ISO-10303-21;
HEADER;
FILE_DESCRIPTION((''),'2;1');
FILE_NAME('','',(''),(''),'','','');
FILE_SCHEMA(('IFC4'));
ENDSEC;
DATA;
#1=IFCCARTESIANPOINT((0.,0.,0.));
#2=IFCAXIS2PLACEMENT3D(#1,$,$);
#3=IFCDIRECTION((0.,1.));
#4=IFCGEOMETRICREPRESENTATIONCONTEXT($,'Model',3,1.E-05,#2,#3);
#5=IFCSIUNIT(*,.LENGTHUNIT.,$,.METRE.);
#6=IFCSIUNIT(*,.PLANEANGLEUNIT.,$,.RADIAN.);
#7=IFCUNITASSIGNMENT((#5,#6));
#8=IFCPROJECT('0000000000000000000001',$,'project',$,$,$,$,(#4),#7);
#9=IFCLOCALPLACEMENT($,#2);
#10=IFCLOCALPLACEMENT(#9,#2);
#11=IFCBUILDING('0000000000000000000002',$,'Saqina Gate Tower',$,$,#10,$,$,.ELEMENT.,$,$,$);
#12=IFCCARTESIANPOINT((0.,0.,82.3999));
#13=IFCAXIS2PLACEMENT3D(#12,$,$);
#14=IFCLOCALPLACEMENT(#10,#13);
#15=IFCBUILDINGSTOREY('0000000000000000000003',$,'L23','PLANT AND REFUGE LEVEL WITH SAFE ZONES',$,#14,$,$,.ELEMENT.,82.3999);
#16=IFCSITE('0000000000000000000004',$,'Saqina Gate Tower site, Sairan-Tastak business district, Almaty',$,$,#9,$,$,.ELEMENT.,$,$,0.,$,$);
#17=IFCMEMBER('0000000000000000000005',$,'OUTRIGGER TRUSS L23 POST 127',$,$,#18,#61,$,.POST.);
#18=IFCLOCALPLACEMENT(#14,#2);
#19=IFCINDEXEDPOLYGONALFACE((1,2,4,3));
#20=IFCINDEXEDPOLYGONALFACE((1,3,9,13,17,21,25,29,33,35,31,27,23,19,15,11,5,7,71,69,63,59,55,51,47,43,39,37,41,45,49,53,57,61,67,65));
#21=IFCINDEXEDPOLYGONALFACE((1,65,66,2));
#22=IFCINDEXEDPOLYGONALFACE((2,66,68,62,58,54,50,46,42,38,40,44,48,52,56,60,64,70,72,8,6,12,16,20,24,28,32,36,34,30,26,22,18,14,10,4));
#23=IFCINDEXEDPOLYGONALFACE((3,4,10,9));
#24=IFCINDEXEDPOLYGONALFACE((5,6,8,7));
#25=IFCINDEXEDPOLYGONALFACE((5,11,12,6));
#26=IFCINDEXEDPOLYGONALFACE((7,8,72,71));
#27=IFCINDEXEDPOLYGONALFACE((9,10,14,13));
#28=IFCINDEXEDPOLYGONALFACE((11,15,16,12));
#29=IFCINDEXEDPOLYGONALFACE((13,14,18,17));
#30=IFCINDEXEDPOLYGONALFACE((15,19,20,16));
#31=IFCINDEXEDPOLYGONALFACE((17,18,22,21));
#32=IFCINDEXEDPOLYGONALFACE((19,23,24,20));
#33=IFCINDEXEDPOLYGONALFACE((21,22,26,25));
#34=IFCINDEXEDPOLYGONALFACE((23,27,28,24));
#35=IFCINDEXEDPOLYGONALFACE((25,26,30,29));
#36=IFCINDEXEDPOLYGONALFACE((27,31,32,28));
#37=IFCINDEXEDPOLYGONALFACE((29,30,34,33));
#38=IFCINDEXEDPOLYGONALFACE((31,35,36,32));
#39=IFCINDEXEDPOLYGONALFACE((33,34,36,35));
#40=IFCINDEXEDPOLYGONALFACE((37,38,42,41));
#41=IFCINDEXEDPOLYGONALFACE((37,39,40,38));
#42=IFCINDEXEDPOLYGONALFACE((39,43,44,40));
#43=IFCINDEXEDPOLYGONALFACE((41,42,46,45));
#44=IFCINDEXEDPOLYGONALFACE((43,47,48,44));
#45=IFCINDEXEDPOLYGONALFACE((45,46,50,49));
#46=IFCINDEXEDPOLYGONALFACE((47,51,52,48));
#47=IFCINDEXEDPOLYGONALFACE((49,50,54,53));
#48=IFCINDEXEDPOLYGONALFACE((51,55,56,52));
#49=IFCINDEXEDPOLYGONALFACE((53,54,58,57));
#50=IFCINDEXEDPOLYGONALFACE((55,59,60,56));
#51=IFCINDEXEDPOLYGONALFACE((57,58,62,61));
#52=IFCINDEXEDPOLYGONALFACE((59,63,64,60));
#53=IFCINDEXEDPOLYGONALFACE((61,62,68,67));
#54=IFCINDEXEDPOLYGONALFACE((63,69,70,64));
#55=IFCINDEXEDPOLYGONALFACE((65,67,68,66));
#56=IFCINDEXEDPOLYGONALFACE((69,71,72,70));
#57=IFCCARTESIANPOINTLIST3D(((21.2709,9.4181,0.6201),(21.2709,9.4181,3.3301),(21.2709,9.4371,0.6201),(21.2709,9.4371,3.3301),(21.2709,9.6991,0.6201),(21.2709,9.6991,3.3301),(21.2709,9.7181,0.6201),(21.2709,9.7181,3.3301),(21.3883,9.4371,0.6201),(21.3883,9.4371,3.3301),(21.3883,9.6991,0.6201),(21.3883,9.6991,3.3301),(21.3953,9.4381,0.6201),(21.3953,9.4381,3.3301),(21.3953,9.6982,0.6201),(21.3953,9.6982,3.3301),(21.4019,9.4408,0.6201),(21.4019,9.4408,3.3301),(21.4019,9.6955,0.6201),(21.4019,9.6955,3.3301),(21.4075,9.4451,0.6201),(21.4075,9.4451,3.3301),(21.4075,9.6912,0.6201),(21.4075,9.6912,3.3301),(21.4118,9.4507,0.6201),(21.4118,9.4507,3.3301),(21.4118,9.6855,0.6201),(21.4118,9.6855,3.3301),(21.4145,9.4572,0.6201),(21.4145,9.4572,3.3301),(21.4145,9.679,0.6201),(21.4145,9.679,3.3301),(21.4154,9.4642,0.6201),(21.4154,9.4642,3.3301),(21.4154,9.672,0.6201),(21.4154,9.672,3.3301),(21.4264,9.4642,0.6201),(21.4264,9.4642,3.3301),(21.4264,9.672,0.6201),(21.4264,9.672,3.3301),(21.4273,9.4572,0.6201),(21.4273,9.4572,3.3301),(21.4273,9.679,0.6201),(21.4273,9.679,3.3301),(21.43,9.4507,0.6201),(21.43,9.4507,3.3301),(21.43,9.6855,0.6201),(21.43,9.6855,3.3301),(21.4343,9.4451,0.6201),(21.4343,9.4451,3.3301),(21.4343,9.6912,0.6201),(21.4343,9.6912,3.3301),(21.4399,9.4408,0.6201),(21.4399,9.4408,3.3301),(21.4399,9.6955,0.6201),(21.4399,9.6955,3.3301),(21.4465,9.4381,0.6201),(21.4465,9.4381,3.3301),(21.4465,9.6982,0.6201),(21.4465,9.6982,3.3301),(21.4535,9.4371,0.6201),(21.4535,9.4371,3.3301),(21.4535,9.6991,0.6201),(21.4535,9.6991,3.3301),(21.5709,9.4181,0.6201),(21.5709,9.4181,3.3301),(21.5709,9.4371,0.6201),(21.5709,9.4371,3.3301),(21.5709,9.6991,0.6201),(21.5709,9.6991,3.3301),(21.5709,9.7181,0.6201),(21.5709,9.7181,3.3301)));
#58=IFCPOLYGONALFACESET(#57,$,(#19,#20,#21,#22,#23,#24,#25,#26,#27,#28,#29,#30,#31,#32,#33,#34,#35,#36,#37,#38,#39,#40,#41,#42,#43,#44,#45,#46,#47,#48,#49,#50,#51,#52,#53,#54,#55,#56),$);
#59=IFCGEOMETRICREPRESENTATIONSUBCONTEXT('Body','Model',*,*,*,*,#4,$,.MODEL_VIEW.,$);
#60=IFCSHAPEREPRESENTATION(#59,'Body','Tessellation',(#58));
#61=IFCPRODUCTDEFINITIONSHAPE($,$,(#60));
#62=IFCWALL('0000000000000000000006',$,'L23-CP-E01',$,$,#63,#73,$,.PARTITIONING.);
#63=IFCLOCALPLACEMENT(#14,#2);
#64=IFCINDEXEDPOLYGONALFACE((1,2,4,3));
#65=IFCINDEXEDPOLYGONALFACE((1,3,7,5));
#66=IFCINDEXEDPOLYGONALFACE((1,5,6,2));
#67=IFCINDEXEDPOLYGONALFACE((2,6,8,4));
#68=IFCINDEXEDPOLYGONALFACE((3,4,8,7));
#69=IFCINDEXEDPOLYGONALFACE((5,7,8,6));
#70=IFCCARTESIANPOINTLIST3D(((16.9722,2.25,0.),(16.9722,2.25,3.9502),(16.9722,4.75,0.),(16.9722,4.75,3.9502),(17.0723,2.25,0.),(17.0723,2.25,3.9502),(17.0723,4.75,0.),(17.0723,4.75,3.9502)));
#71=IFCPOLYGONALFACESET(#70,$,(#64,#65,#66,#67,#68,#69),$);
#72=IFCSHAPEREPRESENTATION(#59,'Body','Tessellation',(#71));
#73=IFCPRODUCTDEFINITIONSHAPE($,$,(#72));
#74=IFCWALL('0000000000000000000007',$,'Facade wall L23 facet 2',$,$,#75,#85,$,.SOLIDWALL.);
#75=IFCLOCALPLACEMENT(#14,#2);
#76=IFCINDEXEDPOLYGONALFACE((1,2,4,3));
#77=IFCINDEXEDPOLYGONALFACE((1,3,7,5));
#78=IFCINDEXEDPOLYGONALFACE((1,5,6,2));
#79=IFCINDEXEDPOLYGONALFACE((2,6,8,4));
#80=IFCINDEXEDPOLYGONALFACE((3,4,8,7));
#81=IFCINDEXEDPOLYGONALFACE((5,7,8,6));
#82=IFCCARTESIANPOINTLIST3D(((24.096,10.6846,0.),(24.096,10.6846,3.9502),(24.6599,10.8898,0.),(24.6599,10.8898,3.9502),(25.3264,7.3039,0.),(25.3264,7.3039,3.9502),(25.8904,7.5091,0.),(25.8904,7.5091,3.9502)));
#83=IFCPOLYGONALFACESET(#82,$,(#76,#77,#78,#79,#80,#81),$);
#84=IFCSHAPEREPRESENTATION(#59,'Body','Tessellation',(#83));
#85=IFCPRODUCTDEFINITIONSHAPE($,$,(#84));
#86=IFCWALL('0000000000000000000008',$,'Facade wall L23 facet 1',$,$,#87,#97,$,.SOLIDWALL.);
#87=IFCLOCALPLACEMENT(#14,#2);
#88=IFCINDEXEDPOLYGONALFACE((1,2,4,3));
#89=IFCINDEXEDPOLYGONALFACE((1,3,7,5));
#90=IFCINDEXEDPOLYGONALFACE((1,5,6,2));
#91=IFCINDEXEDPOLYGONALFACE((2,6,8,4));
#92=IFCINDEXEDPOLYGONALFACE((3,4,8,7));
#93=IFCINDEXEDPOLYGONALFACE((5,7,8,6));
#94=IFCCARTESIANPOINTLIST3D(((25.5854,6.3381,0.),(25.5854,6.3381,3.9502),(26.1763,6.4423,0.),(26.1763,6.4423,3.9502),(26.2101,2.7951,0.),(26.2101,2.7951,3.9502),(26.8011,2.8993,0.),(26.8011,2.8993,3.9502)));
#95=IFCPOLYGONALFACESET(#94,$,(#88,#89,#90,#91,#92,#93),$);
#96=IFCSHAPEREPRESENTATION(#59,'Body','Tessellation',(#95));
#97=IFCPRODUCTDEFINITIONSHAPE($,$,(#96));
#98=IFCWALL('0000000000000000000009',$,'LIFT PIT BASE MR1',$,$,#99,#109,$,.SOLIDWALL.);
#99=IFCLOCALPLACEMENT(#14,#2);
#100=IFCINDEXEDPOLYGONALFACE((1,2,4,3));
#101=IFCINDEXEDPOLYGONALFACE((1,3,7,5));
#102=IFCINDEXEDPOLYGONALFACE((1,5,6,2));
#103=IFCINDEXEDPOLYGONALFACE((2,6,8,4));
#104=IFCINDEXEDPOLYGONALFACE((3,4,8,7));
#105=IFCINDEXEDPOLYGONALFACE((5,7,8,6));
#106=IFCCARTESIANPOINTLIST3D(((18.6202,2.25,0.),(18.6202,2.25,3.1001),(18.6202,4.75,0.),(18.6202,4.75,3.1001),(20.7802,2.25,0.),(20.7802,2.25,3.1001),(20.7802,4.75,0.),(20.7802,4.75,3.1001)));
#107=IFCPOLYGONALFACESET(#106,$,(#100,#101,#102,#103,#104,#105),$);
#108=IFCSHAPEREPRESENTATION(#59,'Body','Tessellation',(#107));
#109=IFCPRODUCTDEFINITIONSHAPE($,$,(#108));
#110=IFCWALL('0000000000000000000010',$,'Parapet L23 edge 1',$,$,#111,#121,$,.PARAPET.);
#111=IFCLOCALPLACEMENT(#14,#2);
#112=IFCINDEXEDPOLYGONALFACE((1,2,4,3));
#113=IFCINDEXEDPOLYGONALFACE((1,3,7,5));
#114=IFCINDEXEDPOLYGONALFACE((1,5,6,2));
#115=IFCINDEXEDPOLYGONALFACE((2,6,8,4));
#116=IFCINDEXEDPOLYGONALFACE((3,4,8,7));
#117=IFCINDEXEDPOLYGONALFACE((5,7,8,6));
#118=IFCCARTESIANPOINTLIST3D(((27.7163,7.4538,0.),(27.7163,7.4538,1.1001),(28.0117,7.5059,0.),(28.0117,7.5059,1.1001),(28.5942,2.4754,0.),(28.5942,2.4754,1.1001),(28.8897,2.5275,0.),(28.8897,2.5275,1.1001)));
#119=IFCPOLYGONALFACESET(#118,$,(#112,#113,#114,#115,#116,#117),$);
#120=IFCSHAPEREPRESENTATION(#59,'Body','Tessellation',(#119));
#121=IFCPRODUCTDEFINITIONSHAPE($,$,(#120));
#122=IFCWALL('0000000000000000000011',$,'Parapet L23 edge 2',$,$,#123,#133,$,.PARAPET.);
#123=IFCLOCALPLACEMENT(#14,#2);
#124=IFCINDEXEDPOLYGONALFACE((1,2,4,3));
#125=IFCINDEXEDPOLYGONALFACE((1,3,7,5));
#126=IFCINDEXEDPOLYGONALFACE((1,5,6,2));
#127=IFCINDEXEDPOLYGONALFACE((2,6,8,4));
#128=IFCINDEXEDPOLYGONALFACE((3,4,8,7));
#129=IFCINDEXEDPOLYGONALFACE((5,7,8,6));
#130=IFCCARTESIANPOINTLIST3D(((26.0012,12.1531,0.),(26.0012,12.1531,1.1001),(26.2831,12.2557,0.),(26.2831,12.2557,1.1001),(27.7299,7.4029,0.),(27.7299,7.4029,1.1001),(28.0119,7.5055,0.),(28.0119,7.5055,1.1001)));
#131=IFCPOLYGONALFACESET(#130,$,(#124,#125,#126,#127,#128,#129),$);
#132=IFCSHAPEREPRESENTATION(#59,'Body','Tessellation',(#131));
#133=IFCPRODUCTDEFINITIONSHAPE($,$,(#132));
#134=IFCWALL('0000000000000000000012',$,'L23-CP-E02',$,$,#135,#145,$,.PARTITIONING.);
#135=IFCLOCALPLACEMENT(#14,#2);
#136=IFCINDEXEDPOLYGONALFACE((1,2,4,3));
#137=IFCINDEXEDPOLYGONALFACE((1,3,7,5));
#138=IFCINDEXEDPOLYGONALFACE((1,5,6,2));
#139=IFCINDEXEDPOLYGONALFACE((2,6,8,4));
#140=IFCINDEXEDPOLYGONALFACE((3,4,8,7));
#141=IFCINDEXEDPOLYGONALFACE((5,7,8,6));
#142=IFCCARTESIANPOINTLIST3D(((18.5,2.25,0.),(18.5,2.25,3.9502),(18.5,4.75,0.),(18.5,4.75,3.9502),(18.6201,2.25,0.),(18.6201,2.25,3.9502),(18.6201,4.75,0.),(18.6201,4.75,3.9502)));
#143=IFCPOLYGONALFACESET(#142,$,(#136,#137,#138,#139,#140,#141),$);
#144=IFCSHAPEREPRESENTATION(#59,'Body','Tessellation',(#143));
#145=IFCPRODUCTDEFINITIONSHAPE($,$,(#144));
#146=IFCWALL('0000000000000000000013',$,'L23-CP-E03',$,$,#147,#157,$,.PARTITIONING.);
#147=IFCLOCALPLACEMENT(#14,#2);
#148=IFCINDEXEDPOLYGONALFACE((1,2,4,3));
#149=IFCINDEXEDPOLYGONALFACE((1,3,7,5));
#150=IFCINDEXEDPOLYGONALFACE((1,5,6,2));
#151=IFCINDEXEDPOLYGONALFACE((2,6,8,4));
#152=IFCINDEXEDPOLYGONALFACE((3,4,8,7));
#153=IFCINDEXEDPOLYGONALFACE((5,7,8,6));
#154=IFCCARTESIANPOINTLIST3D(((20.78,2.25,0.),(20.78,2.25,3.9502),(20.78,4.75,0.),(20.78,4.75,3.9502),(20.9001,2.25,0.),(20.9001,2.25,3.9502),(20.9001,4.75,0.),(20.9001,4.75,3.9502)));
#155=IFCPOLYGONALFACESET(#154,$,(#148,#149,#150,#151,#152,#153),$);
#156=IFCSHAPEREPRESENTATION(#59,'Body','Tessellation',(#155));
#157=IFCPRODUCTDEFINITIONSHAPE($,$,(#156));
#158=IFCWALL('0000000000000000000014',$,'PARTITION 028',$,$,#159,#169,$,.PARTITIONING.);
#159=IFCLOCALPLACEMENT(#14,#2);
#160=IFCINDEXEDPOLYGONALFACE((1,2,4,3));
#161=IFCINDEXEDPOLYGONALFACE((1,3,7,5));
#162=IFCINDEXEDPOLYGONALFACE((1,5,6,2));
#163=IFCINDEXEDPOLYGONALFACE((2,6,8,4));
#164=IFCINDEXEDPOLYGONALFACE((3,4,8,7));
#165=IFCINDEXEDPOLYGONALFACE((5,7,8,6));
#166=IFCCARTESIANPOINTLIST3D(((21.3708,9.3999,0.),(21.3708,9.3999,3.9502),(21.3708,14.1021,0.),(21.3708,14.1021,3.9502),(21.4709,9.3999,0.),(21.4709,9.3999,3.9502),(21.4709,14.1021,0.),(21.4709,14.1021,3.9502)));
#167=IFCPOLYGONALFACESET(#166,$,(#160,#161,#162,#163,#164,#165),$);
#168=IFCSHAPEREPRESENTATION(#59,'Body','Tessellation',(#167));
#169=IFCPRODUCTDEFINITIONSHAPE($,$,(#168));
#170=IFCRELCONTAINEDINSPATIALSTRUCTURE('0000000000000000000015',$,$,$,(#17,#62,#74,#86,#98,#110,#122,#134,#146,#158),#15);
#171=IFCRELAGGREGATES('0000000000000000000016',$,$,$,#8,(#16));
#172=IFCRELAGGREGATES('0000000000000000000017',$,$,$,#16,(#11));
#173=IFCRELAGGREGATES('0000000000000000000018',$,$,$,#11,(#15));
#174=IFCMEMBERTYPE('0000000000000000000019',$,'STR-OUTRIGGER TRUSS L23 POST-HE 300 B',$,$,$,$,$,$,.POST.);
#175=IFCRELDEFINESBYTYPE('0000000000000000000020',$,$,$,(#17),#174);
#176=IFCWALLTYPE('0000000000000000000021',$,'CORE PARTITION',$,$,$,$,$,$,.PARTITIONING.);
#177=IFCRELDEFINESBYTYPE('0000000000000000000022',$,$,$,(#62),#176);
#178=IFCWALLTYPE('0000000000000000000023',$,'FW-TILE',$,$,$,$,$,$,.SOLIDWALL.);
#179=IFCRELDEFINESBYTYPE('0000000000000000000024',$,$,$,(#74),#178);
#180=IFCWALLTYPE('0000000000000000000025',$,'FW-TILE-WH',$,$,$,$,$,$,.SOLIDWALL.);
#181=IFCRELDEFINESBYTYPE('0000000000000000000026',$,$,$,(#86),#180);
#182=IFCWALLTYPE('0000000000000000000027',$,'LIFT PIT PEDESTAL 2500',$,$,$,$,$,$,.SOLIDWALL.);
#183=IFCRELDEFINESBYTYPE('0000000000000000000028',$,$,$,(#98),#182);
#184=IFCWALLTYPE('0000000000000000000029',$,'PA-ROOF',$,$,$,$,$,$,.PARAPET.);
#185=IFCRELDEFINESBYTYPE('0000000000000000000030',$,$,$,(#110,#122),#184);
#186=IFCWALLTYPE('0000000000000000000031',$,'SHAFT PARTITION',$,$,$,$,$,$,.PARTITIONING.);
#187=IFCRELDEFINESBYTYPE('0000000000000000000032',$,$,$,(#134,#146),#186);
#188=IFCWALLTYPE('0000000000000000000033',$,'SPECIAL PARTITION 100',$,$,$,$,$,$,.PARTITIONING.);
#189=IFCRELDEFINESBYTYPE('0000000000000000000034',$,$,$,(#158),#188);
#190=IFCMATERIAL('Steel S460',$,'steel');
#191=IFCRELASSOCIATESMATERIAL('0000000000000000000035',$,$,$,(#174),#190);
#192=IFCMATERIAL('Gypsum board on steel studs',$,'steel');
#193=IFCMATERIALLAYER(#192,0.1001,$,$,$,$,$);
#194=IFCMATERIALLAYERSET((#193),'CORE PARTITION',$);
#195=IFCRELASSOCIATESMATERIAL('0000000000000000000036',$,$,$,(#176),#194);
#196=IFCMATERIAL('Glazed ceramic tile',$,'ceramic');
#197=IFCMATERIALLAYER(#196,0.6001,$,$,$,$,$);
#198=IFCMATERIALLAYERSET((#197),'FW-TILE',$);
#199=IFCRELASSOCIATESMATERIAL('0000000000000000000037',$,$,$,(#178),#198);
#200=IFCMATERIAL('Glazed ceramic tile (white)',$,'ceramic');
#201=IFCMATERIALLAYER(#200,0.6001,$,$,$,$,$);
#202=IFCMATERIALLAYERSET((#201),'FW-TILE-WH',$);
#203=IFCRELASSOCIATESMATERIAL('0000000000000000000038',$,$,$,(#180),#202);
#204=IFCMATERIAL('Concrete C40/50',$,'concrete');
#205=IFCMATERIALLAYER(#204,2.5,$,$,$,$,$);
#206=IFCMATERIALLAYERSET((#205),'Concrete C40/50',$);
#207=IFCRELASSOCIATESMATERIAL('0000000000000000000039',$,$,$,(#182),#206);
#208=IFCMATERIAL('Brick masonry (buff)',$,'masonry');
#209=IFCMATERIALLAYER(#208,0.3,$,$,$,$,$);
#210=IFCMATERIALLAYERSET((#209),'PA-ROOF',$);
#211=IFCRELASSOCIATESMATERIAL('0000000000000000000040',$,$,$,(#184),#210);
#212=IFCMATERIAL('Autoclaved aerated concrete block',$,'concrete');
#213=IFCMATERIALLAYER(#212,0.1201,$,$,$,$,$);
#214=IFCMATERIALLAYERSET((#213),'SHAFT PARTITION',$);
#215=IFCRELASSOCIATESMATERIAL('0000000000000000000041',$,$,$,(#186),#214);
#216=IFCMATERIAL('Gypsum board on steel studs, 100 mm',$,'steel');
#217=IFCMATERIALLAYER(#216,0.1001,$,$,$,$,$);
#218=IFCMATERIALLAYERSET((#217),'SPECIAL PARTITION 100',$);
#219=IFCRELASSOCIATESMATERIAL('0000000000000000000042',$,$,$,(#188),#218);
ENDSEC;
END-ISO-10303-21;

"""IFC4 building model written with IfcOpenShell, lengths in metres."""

from ifc_helpers import new_model, si_unit, direction, frame, frame_2d, origin, origin_2d, place, context, subcontext, project, spatial, rectangle, i_section, extrude, material, layer, layer_set, material_profile, profile_set, type_object, element, save


model = new_model("IFC4")

# Units and contexts
model_context = context("Model", 3, precision=1e-05, world=origin(), true_north=direction((0.0, 1.0)))
body_context = subcontext(model_context, "Body", "Model", "MODEL_VIEW")
ifc_project = project(units=[si_unit("LENGTHUNIT", "METRE"), si_unit("PLANEANGLEUNIT", "RADIAN")], contexts=[model_context])

# Site, building, storey
site_placement = place(None, origin())
site = spatial("IfcSite", under=ifc_project, at=site_placement, Name="Saqina Gate Tower site, Sairan-Tastak business district, Almaty", CompositionType="ELEMENT", RefElevation=0.0)
building_placement = place(site_placement, origin())
building = spatial("IfcBuilding", under=site, at=building_placement, Name="Saqina Gate Tower", CompositionType="ELEMENT")
storey_placement = place(building_placement, frame((0.0, 0.0, 82.3999)))
storey = spatial("IfcBuildingStorey", under=building, at=storey_placement, Name="L23", Description="PLANT AND REFUGE LEVEL WITH SAFE ZONES", CompositionType="ELEMENT", Elevation=82.3999)

# Member
ifc_material_1 = material(Name="Steel S460", Category="steel")
ifc_material_profile_1 = material_profile(ifc_material_1, i_section(OverallWidth=0.3, OverallDepth=0.3, WebThickness=0.011, FlangeThickness=0.019, FilletRadius=0.0271, at=origin_2d()), Name="HE 300 B")
ifc_profile_set_1 = profile_set([ifc_material_profile_1], Name="Steel S460")
member_type_1 = type_object("IfcMemberType", Name="STR-OUTRIGGER TRUSS L23 POST-HE 300 B", PredefinedType="POST", material=ifc_profile_set_1)
member_1_placement = place(storey_placement, frame((21.4209, 9.5681, 0.6201), z_axis=(0.0, 0.0, 1.0), x_axis=(1.0, 0.0, 0.0)))
element("IfcMember", 1, at=member_1_placement, inside=storey, type_object=member_type_1, Name="OUTRIGGER TRUSS L23 POST 127", PredefinedType="POST", context=body_context, shape_type="SweptSolid", body=[
    extrude(i_section(OverallWidth=0.3, OverallDepth=0.3, WebThickness=0.011, FlangeThickness=0.019, FilletRadius=0.0271, at=origin_2d()), origin(), (0.0, 0.0, 1.0), 2.71),
])

# Walls
ifc_material_2 = material(Name="Gypsum board on steel studs", Category="steel")
ifc_layer_1 = layer(ifc_material_2, 0.1001)
ifc_layer_set_1 = layer_set([ifc_layer_1], Name="CORE PARTITION")
wall_type_1 = type_object("IfcWallType", Name="CORE PARTITION", PredefinedType="PARTITIONING", material=ifc_layer_set_1)
wall_1_placement = place(storey_placement, frame((17.0222, 2.25, 0.0), z_axis=(0.0, 0.0, 1.0), x_axis=(0.0, 1.0, 0.0)))
element("IfcWall", 2, at=wall_1_placement, inside=storey, type_object=wall_type_1, Name="L23-CP-E01", PredefinedType="PARTITIONING", context=body_context, shape_type="SweptSolid", body=[
    extrude(rectangle(XDim=2.5, YDim=0.1001, at=frame_2d((1.25, 0.0))), origin(), (0.0, 0.0, 1.0), 3.9502),
])
ifc_material_3 = material(Name="Glazed ceramic tile", Category="ceramic")
ifc_layer_2 = layer(ifc_material_3, 0.6001)
ifc_layer_set_2 = layer_set([ifc_layer_2], Name="FW-TILE")
wall_type_2 = type_object("IfcWallType", Name="FW-TILE", PredefinedType="SOLIDWALL", material=ifc_layer_set_2)
wall_2_placement = place(storey_placement, frame((25.6084, 7.4065, 0.0), z_axis=(0.0, 0.0, 1.0), x_axis=(-0.342026, 0.93969, 0.0)))
element("IfcWall", 3, at=wall_2_placement, inside=storey, type_object=wall_type_2, Name="Facade wall L23 facet 2", PredefinedType="SOLIDWALL", context=body_context, shape_type="SweptSolid", body=[
    extrude(rectangle(XDim=3.5977, YDim=0.6001, at=frame_2d((1.7988, 0.0))), origin(), (0.0, 0.0, 1.0), 3.9502),
])
ifc_material_4 = material(Name="Glazed ceramic tile (white)", Category="ceramic")
ifc_layer_3 = layer(ifc_material_4, 0.6001)
ifc_layer_set_3 = layer_set([ifc_layer_3], Name="FW-TILE-WH")
wall_type_3 = type_object("IfcWallType", Name="FW-TILE-WH", PredefinedType="SOLIDWALL", material=ifc_layer_set_3)
wall_3_placement = place(storey_placement, frame((26.5056, 2.8472, 0.0), z_axis=(0.0, 0.0, 1.0), x_axis=(-0.173658, 0.984806, 0.0)))
element("IfcWall", 4, at=wall_3_placement, inside=storey, type_object=wall_type_3, Name="Facade wall L23 facet 1", PredefinedType="SOLIDWALL", context=body_context, shape_type="SweptSolid", body=[
    extrude(rectangle(XDim=3.5977, YDim=0.6001, at=frame_2d((1.7988, 0.0))), origin(), (0.0, 0.0, 1.0), 3.9502),
])
ifc_material_5 = material(Name="Concrete C40/50", Category="concrete")
ifc_layer_4 = layer(ifc_material_5, 2.5)
ifc_layer_set_4 = layer_set([ifc_layer_4], Name="Concrete C40/50")
wall_type_4 = type_object("IfcWallType", Name="LIFT PIT PEDESTAL 2500", PredefinedType="SOLIDWALL", material=ifc_layer_set_4)
wall_4_placement = place(storey_placement, frame((18.6201, 3.5, 0.0), z_axis=(0.0, 0.0, 1.0), x_axis=(1.0, 0.0, 0.0)))
element("IfcWall", 5, at=wall_4_placement, inside=storey, type_object=wall_type_4, Name="LIFT PIT BASE MR1", PredefinedType="SOLIDWALL", context=body_context, shape_type="SweptSolid", body=[
    extrude(rectangle(XDim=2.1599, YDim=2.5, at=frame_2d((1.0801, 0.0))), origin(), (0.0, 0.0, 1.0), 3.1001),
])
ifc_material_6 = material(Name="Brick masonry (buff)", Category="masonry")
ifc_layer_5 = layer(ifc_material_6, 0.3)
ifc_layer_set_5 = layer_set([ifc_layer_5], Name="PA-ROOF")
wall_type_5 = type_object("IfcWallType", Name="PA-ROOF", PredefinedType="PARAPET", material=ifc_layer_set_5)
wall_5_placement = place(storey_placement, frame((28.7419, 2.5015, 0.0), z_axis=(0.0, 0.0, 1.0), x_axis=(-0.173672, 0.984803, 0.0)))
element("IfcWall", 6, at=wall_5_placement, inside=storey, type_object=wall_type_5, Name="Parapet L23 edge 1", PredefinedType="PARAPET", context=body_context, shape_type="SweptSolid", body=[
    extrude(rectangle(XDim=5.0552, YDim=0.3, at=frame_2d((2.5276, 0.0))), origin(), (0.0, 0.0, 1.0), 1.1001),
])
wall_6_placement = place(storey_placement, frame((27.8708, 7.4543, 0.0), z_axis=(0.0, 0.0, 1.0), x_axis=(-0.341987, 0.939705, 0.0)))
element("IfcWall", 7, at=wall_6_placement, inside=storey, type_object=wall_type_5, Name="Parapet L23 edge 2", PredefinedType="PARAPET", context=body_context, shape_type="SweptSolid", body=[
    extrude(rectangle(XDim=5.0549, YDim=0.3, at=frame_2d((2.5273, 0.0))), origin(), (0.0, 0.0, 1.0), 1.1001),
])
ifc_material_7 = material(Name="Autoclaved aerated concrete block", Category="concrete")
ifc_layer_6 = layer(ifc_material_7, 0.1201)
ifc_layer_set_6 = layer_set([ifc_layer_6], Name="SHAFT PARTITION")
wall_type_6 = type_object("IfcWallType", Name="SHAFT PARTITION", PredefinedType="PARTITIONING", material=ifc_layer_set_6)
for number, where, z_axis, x_axis, name in (
    (8, (18.5601, 2.25, 0.0), (0.0, 0.0, 1.0), (0.0, 1.0, 0.0), "L23-CP-E02"),
    (9, (20.8401, 2.25, 0.0), (0.0, 0.0, 1.0), (0.0, 1.0, 0.0), "L23-CP-E03"),
):
    element("IfcWall", number, at=place(storey_placement, frame(where, z_axis=z_axis, x_axis=x_axis)), inside=storey, type_object=wall_type_6, Name=name, PredefinedType="PARTITIONING", context=body_context, shape_type="SweptSolid", body=[
        extrude(rectangle(XDim=2.5, YDim=0.1201, at=frame_2d((1.25, 0.0))), origin(), (0.0, 0.0, 1.0), 3.9502),
    ])
ifc_material_8 = material(Name="Gypsum board on steel studs, 100 mm", Category="steel")
ifc_layer_7 = layer(ifc_material_8, 0.1001)
ifc_layer_set_7 = layer_set([ifc_layer_7], Name="SPECIAL PARTITION 100")
wall_type_7 = type_object("IfcWallType", Name="SPECIAL PARTITION 100", PredefinedType="PARTITIONING", material=ifc_layer_set_7)
wall_7_placement = place(storey_placement, frame((21.4209, 9.3999, 0.0), z_axis=(0.0, 0.0, 1.0), x_axis=(0.0, 1.0, 0.0)))
element("IfcWall", 10, at=wall_7_placement, inside=storey, type_object=wall_type_7, Name="PARTITION 028", PredefinedType="PARTITIONING", context=body_context, shape_type="SweptSolid", body=[
    extrude(rectangle(XDim=4.7021, YDim=0.1001, at=frame_2d((2.3511, 0.0))), origin(), (0.0, 0.0, 1.0), 3.9502),
])

save(model, "model.ifc")
